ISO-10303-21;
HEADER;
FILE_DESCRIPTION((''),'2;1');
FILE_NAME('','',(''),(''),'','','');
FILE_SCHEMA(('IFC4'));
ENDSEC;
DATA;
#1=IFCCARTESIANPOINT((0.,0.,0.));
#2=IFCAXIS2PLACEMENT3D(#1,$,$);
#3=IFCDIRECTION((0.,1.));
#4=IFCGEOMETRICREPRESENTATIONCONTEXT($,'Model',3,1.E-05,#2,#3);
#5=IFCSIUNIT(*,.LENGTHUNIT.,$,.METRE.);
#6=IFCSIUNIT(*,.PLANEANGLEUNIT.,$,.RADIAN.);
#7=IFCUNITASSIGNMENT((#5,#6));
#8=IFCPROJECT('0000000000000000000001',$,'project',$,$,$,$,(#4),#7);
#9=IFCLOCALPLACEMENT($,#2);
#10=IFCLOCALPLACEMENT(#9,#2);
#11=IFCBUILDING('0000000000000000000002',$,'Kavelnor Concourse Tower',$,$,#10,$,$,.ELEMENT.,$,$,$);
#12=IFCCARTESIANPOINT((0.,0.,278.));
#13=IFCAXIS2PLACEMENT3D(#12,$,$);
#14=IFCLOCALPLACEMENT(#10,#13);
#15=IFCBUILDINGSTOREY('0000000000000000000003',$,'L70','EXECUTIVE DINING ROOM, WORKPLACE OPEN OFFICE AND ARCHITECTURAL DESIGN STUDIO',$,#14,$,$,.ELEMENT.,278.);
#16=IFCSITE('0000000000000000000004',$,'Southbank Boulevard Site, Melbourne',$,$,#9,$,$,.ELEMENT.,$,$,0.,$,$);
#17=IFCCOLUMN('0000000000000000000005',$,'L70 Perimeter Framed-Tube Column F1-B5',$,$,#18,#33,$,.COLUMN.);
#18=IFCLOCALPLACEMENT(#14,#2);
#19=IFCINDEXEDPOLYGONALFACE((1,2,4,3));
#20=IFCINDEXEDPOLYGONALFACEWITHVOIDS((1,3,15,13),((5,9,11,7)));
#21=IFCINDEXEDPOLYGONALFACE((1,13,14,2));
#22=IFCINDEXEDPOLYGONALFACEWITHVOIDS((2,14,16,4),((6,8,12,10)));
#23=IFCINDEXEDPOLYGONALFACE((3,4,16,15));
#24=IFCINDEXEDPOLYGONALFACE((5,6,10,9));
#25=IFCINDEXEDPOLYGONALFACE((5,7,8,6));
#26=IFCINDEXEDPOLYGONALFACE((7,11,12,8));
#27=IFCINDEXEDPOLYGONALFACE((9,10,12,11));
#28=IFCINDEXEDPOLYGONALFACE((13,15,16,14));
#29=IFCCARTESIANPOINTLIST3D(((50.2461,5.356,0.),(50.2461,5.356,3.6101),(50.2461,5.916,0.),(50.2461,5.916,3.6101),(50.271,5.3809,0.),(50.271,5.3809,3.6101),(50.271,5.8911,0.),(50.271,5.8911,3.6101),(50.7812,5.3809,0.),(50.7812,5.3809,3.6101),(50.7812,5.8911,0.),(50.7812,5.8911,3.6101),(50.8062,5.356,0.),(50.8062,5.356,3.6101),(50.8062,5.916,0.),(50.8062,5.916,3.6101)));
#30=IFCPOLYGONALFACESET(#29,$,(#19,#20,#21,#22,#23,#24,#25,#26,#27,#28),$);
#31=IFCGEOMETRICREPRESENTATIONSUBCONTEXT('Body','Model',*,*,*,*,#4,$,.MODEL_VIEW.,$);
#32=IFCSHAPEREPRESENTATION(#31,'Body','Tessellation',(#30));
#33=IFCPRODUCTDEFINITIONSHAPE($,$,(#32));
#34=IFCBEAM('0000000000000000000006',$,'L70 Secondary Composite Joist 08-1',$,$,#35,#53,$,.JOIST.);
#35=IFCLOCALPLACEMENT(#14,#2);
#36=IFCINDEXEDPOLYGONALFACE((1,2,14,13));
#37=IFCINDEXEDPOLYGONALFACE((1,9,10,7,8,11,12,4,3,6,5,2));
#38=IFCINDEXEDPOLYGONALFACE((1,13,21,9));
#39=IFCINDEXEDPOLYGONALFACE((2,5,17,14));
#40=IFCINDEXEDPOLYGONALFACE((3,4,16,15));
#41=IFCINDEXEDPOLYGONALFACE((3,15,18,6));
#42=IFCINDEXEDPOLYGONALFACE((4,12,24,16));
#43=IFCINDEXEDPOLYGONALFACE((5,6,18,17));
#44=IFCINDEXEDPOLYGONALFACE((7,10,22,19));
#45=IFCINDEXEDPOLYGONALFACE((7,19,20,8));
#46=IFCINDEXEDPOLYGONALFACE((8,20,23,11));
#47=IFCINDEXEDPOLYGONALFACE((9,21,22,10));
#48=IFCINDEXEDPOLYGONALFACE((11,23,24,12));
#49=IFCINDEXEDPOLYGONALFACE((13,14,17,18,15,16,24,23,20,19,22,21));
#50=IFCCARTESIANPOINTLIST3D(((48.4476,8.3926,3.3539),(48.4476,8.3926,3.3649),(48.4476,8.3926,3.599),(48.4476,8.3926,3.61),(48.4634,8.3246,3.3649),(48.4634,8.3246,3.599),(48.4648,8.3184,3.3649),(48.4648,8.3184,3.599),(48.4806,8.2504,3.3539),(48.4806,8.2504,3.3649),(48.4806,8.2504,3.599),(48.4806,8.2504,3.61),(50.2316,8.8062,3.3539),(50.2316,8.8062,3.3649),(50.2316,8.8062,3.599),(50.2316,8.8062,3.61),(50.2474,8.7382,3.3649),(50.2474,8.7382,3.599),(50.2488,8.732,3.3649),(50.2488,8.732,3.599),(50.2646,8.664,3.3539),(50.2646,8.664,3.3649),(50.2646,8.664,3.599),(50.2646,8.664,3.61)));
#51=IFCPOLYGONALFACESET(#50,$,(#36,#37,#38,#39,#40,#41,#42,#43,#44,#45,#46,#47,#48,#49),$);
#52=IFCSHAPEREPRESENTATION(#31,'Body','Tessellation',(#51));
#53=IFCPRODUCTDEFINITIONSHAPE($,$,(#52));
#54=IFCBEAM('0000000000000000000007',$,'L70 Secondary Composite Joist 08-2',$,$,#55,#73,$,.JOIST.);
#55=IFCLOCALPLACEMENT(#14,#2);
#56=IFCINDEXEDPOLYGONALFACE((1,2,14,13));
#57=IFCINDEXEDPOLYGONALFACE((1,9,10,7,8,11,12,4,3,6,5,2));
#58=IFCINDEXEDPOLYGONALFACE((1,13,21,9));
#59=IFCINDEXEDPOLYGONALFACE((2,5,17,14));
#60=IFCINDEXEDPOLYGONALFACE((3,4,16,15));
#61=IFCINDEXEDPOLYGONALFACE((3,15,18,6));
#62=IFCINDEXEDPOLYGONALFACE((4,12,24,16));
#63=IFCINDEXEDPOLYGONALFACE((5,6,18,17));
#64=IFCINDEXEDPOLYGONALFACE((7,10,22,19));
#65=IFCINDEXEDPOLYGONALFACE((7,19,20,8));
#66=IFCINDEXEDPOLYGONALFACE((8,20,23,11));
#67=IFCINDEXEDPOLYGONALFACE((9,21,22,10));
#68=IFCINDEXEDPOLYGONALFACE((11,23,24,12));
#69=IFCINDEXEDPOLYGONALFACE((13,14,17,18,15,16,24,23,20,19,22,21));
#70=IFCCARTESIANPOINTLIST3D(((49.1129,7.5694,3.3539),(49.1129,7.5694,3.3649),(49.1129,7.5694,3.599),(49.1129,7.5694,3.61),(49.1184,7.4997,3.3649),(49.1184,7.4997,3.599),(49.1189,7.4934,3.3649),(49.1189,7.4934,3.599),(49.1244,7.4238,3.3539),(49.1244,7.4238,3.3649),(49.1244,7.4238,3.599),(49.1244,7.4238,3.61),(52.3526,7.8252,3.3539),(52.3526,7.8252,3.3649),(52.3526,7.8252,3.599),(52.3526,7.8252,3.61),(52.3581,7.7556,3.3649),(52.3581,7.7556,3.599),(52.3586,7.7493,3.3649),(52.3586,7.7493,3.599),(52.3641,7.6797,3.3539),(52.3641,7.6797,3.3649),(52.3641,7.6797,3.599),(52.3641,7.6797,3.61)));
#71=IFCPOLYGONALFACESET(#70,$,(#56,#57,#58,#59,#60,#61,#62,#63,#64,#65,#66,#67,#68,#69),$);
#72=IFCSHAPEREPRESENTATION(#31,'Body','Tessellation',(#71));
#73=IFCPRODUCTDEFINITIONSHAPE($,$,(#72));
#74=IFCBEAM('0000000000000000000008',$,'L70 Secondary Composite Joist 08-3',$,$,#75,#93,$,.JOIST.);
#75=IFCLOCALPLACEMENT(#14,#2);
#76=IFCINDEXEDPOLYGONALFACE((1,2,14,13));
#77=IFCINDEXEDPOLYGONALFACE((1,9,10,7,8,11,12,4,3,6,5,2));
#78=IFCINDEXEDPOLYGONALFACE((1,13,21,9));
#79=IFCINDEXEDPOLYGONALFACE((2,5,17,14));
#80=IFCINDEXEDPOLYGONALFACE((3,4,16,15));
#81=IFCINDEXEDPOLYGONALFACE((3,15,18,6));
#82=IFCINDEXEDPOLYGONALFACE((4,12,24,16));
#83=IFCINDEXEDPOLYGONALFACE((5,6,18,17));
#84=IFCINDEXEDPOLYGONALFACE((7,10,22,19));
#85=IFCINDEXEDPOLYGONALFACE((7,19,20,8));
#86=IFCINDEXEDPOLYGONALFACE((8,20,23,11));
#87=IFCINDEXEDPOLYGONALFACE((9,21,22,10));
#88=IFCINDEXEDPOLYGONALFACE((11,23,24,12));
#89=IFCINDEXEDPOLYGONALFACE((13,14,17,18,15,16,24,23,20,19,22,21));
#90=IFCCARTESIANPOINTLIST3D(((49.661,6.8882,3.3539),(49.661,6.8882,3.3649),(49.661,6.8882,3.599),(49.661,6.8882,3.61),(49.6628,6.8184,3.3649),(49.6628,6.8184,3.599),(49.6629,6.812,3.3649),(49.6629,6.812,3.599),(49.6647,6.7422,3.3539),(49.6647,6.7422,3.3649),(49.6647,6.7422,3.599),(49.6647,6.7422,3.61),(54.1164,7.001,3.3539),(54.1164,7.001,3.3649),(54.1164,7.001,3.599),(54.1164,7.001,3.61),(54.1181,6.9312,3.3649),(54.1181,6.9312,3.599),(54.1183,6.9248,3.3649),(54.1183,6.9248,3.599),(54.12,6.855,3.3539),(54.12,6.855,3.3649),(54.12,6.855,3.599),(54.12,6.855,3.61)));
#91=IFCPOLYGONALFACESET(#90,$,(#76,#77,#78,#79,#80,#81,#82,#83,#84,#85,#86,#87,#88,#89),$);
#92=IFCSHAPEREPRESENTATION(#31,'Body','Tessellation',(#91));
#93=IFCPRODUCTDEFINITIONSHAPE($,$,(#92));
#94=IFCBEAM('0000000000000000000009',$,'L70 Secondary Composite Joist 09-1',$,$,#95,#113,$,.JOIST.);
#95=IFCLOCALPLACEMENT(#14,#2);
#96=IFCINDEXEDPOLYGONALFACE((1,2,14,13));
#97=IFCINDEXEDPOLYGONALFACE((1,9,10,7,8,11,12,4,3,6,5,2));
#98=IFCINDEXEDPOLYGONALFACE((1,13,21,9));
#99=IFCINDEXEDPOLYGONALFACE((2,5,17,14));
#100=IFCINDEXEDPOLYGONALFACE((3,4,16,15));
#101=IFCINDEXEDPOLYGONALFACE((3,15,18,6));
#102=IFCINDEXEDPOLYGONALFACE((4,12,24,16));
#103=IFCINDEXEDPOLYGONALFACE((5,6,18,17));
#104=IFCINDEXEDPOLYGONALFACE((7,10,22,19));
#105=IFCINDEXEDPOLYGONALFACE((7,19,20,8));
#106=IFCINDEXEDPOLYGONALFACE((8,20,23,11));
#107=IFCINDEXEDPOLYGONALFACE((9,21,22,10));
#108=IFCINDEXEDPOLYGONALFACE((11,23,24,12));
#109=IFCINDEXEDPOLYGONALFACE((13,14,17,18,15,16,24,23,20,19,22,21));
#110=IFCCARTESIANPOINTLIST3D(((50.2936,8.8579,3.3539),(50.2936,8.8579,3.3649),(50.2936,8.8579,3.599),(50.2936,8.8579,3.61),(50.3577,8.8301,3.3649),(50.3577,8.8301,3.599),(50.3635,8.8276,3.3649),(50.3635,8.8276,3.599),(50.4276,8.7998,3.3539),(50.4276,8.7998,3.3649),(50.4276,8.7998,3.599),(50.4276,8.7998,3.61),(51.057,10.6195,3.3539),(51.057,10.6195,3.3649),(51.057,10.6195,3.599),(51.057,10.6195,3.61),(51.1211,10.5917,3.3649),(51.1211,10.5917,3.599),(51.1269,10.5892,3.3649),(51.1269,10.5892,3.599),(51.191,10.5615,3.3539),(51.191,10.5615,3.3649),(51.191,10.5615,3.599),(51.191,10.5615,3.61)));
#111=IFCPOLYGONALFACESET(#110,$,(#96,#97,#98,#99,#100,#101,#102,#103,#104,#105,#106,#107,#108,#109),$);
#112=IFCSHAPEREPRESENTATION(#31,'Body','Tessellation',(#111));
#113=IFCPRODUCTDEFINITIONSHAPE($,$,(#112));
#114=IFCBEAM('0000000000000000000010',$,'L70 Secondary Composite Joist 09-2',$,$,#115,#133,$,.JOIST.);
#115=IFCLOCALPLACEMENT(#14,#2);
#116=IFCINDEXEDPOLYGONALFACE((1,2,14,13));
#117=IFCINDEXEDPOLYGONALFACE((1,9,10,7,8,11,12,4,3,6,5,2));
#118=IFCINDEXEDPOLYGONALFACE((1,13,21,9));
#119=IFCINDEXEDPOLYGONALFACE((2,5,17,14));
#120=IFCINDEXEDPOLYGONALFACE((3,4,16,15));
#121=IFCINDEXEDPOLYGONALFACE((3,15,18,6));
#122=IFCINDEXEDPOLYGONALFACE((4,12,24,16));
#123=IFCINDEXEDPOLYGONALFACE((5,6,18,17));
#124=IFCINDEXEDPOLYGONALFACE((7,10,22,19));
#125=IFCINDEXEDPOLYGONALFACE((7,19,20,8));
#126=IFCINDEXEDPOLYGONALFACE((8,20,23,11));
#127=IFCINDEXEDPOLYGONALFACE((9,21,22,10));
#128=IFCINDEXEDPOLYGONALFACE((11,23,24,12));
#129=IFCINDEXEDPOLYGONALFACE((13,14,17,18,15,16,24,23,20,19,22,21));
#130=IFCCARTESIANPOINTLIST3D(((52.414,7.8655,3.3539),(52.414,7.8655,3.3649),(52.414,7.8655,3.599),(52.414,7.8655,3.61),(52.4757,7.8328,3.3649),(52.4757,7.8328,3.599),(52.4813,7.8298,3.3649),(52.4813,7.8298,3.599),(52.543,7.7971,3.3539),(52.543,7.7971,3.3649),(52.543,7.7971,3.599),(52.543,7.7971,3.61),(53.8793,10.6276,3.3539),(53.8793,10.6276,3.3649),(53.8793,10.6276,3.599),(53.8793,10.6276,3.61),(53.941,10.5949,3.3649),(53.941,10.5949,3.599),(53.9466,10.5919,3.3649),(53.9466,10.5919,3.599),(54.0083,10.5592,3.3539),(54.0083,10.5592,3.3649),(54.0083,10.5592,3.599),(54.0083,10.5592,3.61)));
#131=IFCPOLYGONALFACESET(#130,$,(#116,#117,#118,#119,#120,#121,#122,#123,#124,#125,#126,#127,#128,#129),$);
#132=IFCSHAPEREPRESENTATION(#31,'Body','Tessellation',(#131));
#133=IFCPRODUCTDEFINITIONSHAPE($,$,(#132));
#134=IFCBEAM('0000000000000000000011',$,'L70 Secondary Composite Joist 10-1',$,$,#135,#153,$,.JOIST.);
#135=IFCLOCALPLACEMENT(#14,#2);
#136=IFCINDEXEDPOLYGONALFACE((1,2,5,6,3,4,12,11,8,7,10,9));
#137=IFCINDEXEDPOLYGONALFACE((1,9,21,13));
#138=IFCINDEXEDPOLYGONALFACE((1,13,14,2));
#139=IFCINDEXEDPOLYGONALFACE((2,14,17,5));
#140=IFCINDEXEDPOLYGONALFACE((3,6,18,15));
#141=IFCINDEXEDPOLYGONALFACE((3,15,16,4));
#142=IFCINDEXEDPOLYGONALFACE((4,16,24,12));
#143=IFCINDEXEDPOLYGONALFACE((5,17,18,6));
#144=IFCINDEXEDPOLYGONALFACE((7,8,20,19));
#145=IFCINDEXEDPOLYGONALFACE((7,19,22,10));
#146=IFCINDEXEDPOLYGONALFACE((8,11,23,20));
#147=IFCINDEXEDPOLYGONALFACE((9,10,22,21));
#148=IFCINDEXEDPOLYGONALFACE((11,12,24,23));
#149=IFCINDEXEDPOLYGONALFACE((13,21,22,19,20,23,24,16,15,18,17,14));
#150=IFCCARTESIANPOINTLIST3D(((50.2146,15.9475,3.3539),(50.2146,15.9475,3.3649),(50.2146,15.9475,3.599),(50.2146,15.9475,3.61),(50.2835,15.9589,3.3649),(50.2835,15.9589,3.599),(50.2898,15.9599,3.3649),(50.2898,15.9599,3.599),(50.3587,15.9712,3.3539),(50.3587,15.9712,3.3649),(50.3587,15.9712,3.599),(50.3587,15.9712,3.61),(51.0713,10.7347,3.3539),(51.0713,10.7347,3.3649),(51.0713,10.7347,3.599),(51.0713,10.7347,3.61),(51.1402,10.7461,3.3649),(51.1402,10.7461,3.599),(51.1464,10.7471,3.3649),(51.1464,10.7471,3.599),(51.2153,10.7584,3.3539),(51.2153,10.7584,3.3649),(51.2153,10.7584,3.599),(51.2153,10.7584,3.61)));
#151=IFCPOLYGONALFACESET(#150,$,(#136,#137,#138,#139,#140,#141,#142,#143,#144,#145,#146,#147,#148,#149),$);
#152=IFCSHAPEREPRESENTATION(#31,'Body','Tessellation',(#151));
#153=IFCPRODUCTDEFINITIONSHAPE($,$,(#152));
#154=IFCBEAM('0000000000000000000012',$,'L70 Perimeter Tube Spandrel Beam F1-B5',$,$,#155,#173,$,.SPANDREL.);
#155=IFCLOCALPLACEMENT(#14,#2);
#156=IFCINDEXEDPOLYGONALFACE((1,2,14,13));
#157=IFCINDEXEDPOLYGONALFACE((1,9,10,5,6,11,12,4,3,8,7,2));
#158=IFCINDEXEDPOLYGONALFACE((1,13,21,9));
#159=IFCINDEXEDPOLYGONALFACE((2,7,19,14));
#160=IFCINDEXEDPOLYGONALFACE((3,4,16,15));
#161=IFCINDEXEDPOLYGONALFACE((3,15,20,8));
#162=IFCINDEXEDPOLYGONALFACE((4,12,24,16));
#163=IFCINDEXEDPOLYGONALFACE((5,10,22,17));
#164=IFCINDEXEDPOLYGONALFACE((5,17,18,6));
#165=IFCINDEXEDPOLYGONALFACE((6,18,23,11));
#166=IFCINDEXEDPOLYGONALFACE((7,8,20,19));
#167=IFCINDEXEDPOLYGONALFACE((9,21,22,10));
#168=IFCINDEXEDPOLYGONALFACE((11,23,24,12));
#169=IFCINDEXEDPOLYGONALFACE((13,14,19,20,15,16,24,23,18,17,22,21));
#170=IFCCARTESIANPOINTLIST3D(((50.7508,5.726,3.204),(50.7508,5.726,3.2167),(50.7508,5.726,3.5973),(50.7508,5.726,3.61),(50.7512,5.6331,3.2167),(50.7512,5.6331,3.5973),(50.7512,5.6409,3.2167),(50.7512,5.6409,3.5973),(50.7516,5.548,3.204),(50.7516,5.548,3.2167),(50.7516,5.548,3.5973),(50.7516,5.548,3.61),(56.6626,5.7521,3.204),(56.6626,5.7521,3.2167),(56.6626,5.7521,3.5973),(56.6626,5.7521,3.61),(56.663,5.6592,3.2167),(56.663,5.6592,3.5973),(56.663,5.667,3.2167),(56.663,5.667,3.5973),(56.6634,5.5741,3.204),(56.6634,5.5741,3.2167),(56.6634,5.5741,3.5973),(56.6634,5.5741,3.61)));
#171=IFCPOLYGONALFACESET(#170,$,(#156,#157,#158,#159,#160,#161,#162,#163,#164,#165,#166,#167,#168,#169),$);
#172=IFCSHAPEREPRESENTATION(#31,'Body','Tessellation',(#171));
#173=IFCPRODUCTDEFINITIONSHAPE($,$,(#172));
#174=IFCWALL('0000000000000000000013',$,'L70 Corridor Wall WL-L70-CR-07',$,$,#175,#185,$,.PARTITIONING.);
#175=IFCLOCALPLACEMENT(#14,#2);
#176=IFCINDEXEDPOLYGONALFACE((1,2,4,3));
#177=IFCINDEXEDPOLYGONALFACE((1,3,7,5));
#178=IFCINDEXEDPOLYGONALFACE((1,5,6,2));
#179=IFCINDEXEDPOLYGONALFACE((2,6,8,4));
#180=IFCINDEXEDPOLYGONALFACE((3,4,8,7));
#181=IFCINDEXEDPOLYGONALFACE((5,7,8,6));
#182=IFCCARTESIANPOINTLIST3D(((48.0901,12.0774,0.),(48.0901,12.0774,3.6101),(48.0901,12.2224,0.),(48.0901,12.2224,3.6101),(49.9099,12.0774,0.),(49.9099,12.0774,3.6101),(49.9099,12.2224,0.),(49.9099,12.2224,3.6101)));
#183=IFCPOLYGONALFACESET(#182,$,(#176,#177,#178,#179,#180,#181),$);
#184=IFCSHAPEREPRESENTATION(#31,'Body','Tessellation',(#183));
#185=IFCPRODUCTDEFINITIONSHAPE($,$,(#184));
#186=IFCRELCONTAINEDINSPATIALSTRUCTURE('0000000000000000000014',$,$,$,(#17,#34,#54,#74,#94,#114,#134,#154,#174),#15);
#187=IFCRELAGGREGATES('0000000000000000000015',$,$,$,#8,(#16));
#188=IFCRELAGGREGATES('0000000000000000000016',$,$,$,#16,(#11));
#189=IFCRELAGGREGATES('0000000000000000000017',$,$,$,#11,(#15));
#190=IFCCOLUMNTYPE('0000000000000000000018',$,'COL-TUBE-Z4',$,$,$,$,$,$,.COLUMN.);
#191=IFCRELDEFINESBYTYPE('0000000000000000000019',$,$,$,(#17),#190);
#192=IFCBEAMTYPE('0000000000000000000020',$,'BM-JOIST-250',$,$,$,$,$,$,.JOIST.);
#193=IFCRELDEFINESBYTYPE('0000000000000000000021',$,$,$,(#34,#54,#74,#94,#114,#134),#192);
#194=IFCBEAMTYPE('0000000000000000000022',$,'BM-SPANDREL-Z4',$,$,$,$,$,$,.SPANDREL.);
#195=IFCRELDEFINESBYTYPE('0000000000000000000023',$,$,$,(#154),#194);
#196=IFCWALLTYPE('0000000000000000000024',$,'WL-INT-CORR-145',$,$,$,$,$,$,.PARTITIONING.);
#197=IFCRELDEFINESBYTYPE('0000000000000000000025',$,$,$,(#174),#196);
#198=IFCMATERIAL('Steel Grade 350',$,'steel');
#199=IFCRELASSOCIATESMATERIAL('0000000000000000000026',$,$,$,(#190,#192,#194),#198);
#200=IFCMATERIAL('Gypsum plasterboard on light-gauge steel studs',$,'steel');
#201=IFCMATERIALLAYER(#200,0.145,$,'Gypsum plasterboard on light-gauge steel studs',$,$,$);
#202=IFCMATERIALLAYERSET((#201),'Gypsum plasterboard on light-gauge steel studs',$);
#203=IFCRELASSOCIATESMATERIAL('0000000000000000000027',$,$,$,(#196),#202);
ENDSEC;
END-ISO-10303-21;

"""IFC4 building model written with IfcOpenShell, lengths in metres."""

from ifc_helpers import new_model, si_unit, direction, frame, frame_2d, origin, origin_2d, place, context, subcontext, project, spatial, rectangle, hollow_rectangle, i_section, extrude, material, layer, layer_set, material_profile, profile_set, type_object, element, save


model = new_model("IFC4")

# Units and contexts
model_context = context("Model", 3, precision=1e-05, world=origin(), true_north=direction((0.0, 1.0)))
body_context = subcontext(model_context, "Body", "Model", "MODEL_VIEW")
ifc_project = project(units=[si_unit("LENGTHUNIT", "METRE"), si_unit("PLANEANGLEUNIT", "RADIAN")], contexts=[model_context])

# Site, building, storey
site_placement = place(None, origin())
site = spatial("IfcSite", under=ifc_project, at=site_placement, Name="Southbank Boulevard Site, Melbourne", CompositionType="ELEMENT", RefElevation=0.0)
building_placement = place(site_placement, origin())
building = spatial("IfcBuilding", under=site, at=building_placement, Name="Kavelnor Concourse Tower", CompositionType="ELEMENT")
storey_placement = place(building_placement, frame((0.0, 0.0, 278.0)))
storey = spatial("IfcBuildingStorey", under=building, at=storey_placement, Name="L70", Description="EXECUTIVE DINING ROOM, WORKPLACE OPEN OFFICE AND ARCHITECTURAL DESIGN STUDIO", CompositionType="ELEMENT", Elevation=278.0)

# Column
ifc_material_1 = material(Name="Steel Grade 350", Category="steel")
ifc_material_profile_1 = material_profile(ifc_material_1, hollow_rectangle(XDim=0.5601, YDim=0.5601, WallThickness=0.0249, at=origin_2d()), Name="SHS 560x560x25")
ifc_profile_set_1 = profile_set([ifc_material_profile_1], Name="Steel Grade 350")
column_type = type_object("IfcColumnType", Name="COL-TUBE-Z4", PredefinedType="COLUMN", material=ifc_profile_set_1)
column_placement = place(storey_placement, frame((50.5261, 5.636, 0.0), z_axis=(0.0, 0.0, 1.0), x_axis=(1.0, 0.0, 0.0)))
element("IfcColumn", 1, at=column_placement, inside=storey, type_object=column_type, Name="L70 Perimeter Framed-Tube Column F1-B5", PredefinedType="COLUMN", context=body_context, shape_type="SweptSolid", body=[
    extrude(hollow_rectangle(XDim=0.5601, YDim=0.5601, WallThickness=0.0249, at=origin_2d()), origin(), (0.0, 0.0, 1.0), 3.6101),
])

# Beams
ifc_material_profile_2 = material_profile(ifc_material_1, i_section(OverallWidth=0.146, OverallDepth=0.2561, WebThickness=0.0063, FlangeThickness=0.011, at=origin_2d()), Name="250UB37")
ifc_profile_set_2 = profile_set([ifc_material_profile_2], Name="Steel Grade 350")
beam_type_1 = type_object("IfcBeamType", Name="BM-JOIST-250", PredefinedType="JOIST", material=ifc_profile_set_2)
beam_1_placement = place(storey_placement, frame((48.4641, 8.3215, 3.4819), z_axis=(0.974164, 0.225843, 0.0), x_axis=(-0.225843, 0.974164, 0.0)))
element("IfcBeam", 2, at=beam_1_placement, inside=storey, type_object=beam_type_1, Name="L70 Secondary Composite Joist 08-1", PredefinedType="JOIST", context=body_context, shape_type="SweptSolid", body=[
    extrude(i_section(OverallWidth=0.146, OverallDepth=0.2561, WebThickness=0.0063, FlangeThickness=0.011, at=origin_2d()), origin(), (0.0, 0.0, 1.0), 1.8313),
])
beam_2_placement = place(storey_placement, frame((49.1187, 7.4966, 3.4819), z_axis=(0.996896, 0.07873, 0.0), x_axis=(-0.07873, 0.996896, 0.0)))
element("IfcBeam", 3, at=beam_2_placement, inside=storey, type_object=beam_type_1, Name="L70 Secondary Composite Joist 08-2", PredefinedType="JOIST", context=body_context, shape_type="SweptSolid", body=[
    extrude(i_section(OverallWidth=0.146, OverallDepth=0.2561, WebThickness=0.0063, FlangeThickness=0.011, at=origin_2d()), origin(), (0.0, 0.0, 1.0), 3.2498),
])
beam_3_placement = place(storey_placement, frame((49.6628, 6.8152, 3.4819), z_axis=(0.99968, 0.025308, 0.0), x_axis=(-0.025308, 0.99968, 0.0)))
element("IfcBeam", 4, at=beam_3_placement, inside=storey, type_object=beam_type_1, Name="L70 Secondary Composite Joist 08-3", PredefinedType="JOIST", context=body_context, shape_type="SweptSolid", body=[
    extrude(i_section(OverallWidth=0.146, OverallDepth=0.2561, WebThickness=0.0063, FlangeThickness=0.011, at=origin_2d()), origin(), (0.0, 0.0, 1.0), 4.4568),
])
beam_4_placement = place(storey_placement, frame((50.3606, 8.8289, 3.4819), z_axis=(0.397615, 0.917553, 0.0), x_axis=(-0.917553, 0.397615, 0.0)))
element("IfcBeam", 5, at=beam_4_placement, inside=storey, type_object=beam_type_1, Name="L70 Secondary Composite Joist 09-1", PredefinedType="JOIST", context=body_context, shape_type="SweptSolid", body=[
    extrude(i_section(OverallWidth=0.146, OverallDepth=0.2561, WebThickness=0.0063, FlangeThickness=0.011, at=origin_2d()), origin(), (0.0, 0.0, 1.0), 1.9199),
])
beam_5_placement = place(storey_placement, frame((52.4785, 7.8313, 3.4819), z_axis=(0.468634, 0.883393, 0.0), x_axis=(-0.883393, 0.468634, 0.0)))
element("IfcBeam", 6, at=beam_5_placement, inside=storey, type_object=beam_type_1, Name="L70 Secondary Composite Joist 09-2", PredefinedType="JOIST", context=body_context, shape_type="SweptSolid", body=[
    extrude(i_section(OverallWidth=0.146, OverallDepth=0.2561, WebThickness=0.0063, FlangeThickness=0.011, at=origin_2d()), origin(), (0.0, 0.0, 1.0), 3.1267),
])
beam_6_placement = place(storey_placement, frame((51.1433, 10.7466, 3.4819), z_axis=(-0.162165, 0.986764, 0.0), x_axis=(-0.986764, -0.162165, 0.0)))
element("IfcBeam", 7, at=beam_6_placement, inside=storey, type_object=beam_type_1, Name="L70 Secondary Composite Joist 10-1", PredefinedType="JOIST", context=body_context, shape_type="SweptSolid", body=[
    extrude(i_section(OverallWidth=0.146, OverallDepth=0.2561, WebThickness=0.0063, FlangeThickness=0.011, at=origin_2d()), origin(), (0.0, 0.0, 1.0), 5.2827),
])
ifc_material_profile_3 = material_profile(ifc_material_1, i_section(OverallWidth=0.178, OverallDepth=0.406, WebThickness=0.0078, FlangeThickness=0.0127, at=origin_2d()), Name="410UB59")
ifc_profile_set_3 = profile_set([ifc_material_profile_3], Name="Steel Grade 350")
beam_type_2 = type_object("IfcBeamType", Name="BM-SPANDREL-Z4", PredefinedType="SPANDREL", material=ifc_profile_set_3)
beam_7_placement = place(storey_placement, frame((50.7512, 5.637, 3.407), z_axis=(0.99999, 0.004419, 0.0), x_axis=(-0.004419, 0.99999, 0.0)))
element("IfcBeam", 8, at=beam_7_placement, inside=storey, type_object=beam_type_2, Name="L70 Perimeter Tube Spandrel Beam F1-B5", PredefinedType="SPANDREL", context=body_context, shape_type="SweptSolid", body=[
    extrude(i_section(OverallWidth=0.178, OverallDepth=0.406, WebThickness=0.0078, FlangeThickness=0.0127, at=origin_2d()), origin(), (0.0, 0.0, 1.0), 5.9119),
])

# Wall
ifc_material_2 = material(Name="Gypsum plasterboard on light-gauge steel studs", Category="steel")
ifc_layer_1 = layer(ifc_material_2, 0.145, Name="Gypsum plasterboard on light-gauge steel studs")
ifc_layer_set_1 = layer_set([ifc_layer_1], Name="Gypsum plasterboard on light-gauge steel studs")
wall_type_1 = type_object("IfcWallType", Name="WL-INT-CORR-145", PredefinedType="PARTITIONING", material=ifc_layer_set_1)
wall_1_placement = place(storey_placement, frame((48.0901, 12.1499, 0.0), z_axis=(0.0, 0.0, 1.0), x_axis=(1.0, 0.0, 0.0)))
element("IfcWall", 9, at=wall_1_placement, inside=storey, type_object=wall_type_1, Name="L70 Corridor Wall WL-L70-CR-07", PredefinedType="PARTITIONING", context=body_context, shape_type="SweptSolid", body=[
    extrude(rectangle(XDim=1.8198, YDim=0.145, at=frame_2d((0.9099, 0.0))), origin(), (0.0, 0.0, 1.0), 3.6101),
])

save(model, "model.ifc")
